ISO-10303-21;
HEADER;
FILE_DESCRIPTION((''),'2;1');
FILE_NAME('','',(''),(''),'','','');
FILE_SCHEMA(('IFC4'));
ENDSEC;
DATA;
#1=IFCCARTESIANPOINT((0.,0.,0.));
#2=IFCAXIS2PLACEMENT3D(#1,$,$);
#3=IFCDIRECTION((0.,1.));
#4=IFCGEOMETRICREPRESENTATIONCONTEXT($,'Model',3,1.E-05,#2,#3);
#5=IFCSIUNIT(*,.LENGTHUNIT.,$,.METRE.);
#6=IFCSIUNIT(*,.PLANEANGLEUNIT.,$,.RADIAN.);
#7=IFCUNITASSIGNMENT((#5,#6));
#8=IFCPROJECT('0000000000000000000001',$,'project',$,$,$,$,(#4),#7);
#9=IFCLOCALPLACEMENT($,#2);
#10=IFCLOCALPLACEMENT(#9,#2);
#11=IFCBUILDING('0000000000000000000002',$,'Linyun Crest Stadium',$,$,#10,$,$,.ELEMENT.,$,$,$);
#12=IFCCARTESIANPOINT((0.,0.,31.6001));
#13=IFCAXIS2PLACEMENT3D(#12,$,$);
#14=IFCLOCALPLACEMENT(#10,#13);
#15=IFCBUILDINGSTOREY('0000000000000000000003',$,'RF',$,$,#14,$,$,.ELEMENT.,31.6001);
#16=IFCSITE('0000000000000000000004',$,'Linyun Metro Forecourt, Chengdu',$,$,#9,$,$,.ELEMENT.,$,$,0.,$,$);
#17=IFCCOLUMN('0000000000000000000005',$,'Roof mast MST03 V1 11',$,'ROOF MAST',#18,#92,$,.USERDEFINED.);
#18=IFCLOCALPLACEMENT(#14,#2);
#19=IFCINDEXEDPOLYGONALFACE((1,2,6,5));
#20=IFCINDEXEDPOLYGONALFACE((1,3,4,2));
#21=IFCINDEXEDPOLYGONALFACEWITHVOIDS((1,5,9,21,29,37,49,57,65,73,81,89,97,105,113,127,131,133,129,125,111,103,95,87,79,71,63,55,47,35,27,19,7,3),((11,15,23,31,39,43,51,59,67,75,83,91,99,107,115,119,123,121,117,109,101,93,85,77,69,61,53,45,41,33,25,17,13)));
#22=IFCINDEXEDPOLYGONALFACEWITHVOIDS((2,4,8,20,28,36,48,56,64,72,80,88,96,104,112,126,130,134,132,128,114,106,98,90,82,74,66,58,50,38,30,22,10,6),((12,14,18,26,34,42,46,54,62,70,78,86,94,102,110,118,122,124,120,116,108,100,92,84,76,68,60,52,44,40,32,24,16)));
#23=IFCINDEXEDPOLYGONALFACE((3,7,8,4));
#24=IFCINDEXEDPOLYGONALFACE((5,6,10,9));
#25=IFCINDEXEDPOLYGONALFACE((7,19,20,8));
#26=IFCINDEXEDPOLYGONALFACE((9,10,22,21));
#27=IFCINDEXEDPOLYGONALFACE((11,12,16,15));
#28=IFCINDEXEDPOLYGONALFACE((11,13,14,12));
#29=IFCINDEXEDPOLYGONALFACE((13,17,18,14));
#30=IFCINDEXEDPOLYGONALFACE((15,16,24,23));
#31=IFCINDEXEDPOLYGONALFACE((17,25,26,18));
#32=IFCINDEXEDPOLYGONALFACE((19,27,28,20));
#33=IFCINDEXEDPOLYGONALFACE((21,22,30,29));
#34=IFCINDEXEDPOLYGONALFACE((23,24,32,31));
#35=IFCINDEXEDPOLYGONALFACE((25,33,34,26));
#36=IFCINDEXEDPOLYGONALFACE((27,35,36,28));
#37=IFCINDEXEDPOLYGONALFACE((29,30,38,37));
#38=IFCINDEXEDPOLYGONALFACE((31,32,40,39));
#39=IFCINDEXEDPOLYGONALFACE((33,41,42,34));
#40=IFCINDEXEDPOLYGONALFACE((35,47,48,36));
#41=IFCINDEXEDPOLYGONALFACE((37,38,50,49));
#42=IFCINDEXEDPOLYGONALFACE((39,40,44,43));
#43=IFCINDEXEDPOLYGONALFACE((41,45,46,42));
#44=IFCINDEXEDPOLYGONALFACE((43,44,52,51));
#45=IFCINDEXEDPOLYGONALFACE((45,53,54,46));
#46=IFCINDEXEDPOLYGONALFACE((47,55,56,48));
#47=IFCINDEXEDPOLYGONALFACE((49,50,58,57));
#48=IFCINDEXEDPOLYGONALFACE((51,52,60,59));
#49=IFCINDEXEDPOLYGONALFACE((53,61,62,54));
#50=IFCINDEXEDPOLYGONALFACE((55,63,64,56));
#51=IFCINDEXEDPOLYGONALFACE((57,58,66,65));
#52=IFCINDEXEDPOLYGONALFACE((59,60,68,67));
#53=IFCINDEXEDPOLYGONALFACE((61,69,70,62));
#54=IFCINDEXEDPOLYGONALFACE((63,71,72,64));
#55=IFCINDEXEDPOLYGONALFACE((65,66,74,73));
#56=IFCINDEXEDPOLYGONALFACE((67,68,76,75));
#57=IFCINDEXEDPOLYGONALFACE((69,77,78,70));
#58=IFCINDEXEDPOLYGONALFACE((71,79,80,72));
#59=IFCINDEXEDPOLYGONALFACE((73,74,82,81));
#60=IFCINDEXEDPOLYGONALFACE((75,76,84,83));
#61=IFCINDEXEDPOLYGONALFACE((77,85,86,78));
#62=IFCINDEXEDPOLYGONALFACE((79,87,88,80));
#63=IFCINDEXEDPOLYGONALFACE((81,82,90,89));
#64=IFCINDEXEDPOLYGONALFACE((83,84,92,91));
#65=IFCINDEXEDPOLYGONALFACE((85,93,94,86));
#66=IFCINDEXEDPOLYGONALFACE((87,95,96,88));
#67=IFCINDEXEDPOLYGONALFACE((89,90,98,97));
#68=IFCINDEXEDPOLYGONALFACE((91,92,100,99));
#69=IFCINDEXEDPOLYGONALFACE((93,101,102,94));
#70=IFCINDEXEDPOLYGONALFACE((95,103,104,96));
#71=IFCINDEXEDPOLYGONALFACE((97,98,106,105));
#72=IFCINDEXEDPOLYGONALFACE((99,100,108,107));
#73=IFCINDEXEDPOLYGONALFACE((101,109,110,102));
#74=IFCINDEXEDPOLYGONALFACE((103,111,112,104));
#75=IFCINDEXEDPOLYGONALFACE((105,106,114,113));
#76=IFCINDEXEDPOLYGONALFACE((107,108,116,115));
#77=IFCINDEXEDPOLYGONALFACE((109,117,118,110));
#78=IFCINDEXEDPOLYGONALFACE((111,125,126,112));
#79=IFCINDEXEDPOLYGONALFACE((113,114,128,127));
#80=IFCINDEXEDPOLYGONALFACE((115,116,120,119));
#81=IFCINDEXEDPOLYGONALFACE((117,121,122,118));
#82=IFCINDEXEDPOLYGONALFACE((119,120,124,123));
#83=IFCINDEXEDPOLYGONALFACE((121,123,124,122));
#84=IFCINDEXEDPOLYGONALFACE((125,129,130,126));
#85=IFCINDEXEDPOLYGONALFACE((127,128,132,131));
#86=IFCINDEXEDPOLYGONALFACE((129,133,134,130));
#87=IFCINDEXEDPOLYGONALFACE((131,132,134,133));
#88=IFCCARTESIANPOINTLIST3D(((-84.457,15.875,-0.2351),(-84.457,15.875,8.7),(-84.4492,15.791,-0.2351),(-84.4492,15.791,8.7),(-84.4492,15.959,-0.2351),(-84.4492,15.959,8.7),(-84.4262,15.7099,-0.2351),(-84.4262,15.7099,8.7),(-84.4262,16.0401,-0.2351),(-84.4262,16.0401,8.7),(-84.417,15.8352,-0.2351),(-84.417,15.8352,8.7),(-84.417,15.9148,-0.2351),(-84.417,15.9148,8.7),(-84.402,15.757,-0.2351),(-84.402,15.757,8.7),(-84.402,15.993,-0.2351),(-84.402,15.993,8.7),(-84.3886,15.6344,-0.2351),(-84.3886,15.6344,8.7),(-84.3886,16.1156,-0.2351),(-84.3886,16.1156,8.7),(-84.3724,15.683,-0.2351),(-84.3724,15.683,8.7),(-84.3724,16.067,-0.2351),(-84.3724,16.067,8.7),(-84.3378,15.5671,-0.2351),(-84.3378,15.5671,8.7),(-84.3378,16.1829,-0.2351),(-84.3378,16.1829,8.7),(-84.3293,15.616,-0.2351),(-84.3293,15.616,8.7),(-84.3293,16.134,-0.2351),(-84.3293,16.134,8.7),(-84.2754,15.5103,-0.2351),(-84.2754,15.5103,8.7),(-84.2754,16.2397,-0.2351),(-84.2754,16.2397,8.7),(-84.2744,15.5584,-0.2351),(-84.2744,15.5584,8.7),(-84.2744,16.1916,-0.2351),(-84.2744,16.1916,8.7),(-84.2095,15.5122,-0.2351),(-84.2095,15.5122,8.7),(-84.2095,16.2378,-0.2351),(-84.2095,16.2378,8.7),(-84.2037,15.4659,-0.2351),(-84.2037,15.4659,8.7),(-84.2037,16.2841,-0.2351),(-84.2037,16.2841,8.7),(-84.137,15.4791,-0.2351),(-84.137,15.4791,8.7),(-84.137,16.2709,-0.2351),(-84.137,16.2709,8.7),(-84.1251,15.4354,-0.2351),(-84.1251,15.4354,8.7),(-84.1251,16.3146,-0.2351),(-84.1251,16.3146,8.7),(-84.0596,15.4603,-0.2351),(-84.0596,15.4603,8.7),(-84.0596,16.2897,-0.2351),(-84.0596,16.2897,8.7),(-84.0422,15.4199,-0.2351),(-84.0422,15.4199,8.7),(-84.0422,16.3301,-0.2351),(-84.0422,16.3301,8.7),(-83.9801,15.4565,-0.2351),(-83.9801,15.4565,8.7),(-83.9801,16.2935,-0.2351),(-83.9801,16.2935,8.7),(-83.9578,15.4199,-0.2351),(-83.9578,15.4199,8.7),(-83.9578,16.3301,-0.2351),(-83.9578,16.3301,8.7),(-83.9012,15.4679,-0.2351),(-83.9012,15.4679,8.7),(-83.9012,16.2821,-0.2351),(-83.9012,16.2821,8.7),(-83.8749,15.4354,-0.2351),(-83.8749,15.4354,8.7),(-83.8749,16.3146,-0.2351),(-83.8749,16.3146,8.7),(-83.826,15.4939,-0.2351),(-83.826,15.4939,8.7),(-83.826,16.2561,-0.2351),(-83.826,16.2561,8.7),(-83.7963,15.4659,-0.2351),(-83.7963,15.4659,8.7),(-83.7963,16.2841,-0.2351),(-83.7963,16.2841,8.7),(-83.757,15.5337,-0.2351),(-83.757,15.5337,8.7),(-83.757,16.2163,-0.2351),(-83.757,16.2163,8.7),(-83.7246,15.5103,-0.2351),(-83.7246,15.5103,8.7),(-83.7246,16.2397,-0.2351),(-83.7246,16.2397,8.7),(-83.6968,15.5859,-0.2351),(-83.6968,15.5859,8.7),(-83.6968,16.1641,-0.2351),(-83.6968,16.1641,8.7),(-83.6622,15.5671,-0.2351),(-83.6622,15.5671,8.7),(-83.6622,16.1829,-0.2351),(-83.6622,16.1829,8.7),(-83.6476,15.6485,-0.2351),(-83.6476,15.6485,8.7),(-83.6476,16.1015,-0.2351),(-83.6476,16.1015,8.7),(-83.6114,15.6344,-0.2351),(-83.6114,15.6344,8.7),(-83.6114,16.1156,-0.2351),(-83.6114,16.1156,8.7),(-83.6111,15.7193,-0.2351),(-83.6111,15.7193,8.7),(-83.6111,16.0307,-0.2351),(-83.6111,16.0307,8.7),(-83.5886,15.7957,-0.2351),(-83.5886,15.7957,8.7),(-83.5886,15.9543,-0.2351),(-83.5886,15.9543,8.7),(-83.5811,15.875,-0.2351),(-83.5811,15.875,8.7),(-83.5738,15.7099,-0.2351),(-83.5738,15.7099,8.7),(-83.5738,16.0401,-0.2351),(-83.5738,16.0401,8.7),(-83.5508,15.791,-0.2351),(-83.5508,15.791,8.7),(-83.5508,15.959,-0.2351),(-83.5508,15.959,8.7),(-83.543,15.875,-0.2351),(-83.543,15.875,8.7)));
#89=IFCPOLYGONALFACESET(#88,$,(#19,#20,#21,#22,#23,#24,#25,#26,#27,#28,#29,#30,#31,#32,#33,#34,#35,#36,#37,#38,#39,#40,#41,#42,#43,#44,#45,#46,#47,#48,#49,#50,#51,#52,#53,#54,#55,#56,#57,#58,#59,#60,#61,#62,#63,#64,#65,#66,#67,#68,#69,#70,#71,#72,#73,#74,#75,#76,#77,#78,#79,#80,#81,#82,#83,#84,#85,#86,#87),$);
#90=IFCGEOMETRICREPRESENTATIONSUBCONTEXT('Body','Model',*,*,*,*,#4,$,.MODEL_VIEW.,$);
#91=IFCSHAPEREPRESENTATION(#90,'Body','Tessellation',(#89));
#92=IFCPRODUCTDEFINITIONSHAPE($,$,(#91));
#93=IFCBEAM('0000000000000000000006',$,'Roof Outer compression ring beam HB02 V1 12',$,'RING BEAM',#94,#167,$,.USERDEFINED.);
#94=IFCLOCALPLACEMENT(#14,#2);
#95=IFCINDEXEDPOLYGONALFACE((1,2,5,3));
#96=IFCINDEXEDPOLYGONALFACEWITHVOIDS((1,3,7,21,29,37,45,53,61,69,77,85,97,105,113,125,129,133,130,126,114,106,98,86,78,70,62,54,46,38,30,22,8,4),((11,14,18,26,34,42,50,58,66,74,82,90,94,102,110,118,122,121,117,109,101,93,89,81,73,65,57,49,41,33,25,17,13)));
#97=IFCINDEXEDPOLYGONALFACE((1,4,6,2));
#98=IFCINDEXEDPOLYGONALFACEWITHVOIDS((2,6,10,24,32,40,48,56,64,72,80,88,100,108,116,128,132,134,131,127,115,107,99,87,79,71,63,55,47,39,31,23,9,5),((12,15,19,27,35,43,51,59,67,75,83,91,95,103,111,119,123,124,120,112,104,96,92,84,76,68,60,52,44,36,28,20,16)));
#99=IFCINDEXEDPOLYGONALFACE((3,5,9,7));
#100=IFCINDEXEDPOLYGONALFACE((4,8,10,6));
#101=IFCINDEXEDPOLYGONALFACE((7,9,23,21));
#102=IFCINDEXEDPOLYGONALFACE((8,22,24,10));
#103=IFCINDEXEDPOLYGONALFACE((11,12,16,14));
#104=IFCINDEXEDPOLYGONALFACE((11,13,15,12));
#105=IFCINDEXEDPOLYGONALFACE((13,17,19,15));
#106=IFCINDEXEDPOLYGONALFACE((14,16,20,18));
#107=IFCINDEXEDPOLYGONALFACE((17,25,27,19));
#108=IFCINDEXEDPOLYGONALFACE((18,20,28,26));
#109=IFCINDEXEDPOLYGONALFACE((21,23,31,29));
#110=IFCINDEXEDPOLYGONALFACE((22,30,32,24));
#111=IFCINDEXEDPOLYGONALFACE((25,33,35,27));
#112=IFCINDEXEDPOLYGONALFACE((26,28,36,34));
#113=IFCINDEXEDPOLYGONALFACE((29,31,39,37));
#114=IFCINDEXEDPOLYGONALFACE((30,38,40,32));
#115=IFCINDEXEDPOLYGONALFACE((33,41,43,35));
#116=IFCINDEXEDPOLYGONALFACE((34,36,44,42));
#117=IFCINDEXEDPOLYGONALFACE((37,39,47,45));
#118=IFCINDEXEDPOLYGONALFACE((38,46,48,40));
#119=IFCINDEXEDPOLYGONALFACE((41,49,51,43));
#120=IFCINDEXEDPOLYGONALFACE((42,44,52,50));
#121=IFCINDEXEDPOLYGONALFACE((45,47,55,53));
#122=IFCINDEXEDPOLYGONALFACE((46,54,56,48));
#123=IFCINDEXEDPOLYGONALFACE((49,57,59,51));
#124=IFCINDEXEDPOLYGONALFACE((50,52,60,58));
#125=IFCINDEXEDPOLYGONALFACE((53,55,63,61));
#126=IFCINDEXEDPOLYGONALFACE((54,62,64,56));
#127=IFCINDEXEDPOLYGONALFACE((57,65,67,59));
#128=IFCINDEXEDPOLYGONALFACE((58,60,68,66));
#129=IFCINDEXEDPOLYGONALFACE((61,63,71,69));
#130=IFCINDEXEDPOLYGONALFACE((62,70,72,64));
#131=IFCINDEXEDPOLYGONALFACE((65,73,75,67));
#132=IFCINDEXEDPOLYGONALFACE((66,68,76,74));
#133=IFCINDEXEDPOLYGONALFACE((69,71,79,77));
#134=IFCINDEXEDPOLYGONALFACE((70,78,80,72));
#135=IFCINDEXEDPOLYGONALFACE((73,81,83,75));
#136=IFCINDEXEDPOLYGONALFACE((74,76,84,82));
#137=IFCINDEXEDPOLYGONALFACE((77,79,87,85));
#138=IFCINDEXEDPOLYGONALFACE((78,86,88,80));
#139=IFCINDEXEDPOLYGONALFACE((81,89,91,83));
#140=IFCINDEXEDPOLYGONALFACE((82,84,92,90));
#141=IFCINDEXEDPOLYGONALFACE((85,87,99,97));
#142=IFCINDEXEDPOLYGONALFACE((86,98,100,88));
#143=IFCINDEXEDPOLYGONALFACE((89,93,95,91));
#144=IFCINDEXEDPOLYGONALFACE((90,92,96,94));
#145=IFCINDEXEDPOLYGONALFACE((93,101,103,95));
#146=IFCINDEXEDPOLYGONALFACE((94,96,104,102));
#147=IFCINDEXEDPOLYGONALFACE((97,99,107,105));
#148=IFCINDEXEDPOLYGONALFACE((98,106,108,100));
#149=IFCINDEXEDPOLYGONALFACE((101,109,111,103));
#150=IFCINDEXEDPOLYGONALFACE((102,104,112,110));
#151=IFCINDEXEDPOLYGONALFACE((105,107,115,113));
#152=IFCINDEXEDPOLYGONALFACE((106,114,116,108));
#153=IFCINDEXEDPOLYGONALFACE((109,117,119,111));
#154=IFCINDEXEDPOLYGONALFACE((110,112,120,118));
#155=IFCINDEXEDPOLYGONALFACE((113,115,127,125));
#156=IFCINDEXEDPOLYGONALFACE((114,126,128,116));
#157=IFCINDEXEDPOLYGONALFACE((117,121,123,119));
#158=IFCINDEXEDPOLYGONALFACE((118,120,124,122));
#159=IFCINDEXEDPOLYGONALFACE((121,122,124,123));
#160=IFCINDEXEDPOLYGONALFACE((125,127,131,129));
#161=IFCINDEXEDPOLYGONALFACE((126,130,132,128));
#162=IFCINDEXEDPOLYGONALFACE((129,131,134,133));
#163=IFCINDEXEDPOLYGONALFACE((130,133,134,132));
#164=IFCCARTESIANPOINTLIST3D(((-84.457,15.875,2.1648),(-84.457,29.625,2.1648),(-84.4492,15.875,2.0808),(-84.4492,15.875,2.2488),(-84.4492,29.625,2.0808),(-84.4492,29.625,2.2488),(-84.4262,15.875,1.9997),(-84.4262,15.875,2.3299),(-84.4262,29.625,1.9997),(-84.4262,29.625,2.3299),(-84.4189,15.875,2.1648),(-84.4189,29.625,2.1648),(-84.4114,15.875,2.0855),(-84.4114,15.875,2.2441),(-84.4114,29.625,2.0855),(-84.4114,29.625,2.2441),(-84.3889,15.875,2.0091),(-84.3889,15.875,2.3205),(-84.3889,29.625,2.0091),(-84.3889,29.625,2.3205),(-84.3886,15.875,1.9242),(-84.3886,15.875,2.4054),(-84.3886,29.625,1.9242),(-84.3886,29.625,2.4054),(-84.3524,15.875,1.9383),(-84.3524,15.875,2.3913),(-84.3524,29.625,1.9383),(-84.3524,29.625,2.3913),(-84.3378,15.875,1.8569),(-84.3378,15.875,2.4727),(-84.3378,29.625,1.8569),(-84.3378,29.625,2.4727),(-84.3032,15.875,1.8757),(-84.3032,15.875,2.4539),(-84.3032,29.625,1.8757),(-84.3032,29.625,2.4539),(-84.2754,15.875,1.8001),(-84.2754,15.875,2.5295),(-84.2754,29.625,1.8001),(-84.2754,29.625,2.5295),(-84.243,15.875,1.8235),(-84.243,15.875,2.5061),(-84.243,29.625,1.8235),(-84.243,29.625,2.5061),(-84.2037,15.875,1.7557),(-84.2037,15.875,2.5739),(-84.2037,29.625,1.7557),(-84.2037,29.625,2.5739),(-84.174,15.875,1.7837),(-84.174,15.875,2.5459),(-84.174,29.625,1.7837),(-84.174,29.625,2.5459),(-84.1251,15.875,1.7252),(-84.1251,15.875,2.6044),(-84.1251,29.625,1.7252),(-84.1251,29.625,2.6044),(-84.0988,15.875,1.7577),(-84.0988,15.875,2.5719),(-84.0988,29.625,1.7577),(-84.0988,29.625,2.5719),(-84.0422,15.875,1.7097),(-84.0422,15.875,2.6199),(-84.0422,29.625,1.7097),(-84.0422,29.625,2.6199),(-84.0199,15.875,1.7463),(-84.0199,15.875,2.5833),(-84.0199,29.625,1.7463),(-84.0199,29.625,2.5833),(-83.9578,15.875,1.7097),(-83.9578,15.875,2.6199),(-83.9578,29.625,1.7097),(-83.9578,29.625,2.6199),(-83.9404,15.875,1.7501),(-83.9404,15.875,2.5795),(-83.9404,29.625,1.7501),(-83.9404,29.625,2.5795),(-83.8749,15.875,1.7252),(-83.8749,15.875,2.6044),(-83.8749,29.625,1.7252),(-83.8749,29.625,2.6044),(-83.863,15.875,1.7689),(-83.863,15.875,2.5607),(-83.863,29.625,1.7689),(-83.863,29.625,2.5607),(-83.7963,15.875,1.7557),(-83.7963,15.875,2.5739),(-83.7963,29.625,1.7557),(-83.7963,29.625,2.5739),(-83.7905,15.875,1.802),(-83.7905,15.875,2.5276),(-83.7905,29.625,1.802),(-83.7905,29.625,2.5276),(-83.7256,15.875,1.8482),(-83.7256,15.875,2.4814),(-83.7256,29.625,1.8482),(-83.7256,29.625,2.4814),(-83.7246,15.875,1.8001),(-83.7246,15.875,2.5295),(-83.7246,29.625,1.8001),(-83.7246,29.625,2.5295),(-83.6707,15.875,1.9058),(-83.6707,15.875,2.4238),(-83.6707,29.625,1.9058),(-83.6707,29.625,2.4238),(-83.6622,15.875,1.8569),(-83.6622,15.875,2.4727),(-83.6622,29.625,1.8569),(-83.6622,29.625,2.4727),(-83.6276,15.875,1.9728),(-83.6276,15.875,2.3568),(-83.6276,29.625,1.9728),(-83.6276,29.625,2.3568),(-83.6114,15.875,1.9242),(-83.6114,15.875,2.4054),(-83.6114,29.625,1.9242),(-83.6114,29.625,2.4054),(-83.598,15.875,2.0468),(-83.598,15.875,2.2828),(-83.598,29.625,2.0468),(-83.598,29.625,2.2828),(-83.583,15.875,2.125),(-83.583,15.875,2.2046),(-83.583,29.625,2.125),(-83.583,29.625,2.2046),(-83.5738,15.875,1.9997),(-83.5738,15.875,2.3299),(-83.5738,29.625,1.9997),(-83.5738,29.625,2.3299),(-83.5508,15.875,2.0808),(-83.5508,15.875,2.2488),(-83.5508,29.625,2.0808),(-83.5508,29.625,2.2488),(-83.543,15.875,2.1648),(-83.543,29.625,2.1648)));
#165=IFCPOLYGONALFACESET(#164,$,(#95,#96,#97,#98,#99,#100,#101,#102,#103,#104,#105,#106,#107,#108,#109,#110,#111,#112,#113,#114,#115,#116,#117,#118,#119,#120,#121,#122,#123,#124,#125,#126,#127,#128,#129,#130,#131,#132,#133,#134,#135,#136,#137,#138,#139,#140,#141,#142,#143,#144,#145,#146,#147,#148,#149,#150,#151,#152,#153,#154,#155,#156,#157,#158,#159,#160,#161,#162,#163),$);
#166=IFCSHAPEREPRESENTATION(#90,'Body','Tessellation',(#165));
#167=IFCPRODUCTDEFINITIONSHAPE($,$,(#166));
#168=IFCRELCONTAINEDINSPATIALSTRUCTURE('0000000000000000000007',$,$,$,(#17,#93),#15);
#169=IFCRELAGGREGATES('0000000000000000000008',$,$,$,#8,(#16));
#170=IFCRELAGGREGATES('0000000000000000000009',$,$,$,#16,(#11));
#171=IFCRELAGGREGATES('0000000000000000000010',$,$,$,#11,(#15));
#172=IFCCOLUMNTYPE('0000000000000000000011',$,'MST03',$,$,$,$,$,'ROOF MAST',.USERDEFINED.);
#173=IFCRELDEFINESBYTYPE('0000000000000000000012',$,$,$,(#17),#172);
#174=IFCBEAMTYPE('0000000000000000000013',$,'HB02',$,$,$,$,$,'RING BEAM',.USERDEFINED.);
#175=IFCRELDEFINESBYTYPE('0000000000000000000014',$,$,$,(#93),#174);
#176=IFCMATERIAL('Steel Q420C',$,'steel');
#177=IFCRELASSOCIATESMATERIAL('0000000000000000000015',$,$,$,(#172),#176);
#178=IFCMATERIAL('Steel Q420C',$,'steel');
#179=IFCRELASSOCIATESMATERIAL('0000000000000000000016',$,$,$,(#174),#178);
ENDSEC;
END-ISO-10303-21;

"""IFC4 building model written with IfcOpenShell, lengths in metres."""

from ifc_helpers import new_model, si_unit, direction, frame, origin, origin_2d, place, context, subcontext, project, spatial, hollow_circle, extrude, material, material_profile, profile_set, type_object, element, save


model = new_model("IFC4")

# Units and contexts
model_context = context("Model", 3, precision=1e-05, world=origin(), true_north=direction((0.0, 1.0)))
body_context = subcontext(model_context, "Body", "Model", "MODEL_VIEW")
ifc_project = project(units=[si_unit("LENGTHUNIT", "METRE"), si_unit("PLANEANGLEUNIT", "RADIAN")], contexts=[model_context])

# Site, building, storey
site_placement = place(None, origin())
site = spatial("IfcSite", under=ifc_project, at=site_placement, Name="Linyun Metro Forecourt, Chengdu", CompositionType="ELEMENT", RefElevation=0.0)
building_placement = place(site_placement, origin())
building = spatial("IfcBuilding", under=site, at=building_placement, Name="Linyun Crest Stadium", CompositionType="ELEMENT")
storey_placement = place(building_placement, frame((0.0, 0.0, 31.6001)))
storey = spatial("IfcBuildingStorey", under=building, at=storey_placement, Name="RF", CompositionType="ELEMENT", Elevation=31.6001)

# Column
ifc_material_1 = material(Name="Steel Q420C", Category="steel")
ifc_material_profile_1 = material_profile(ifc_material_1, hollow_circle(Radius=0.457, WallThickness=0.0381, at=origin_2d()), Name="CHS 914x38")
ifc_profile_set_1 = profile_set([ifc_material_profile_1], Name="Steel Q420C")
column_type = type_object("IfcColumnType", Name="MST03", ElementType="ROOF MAST", PredefinedType="USERDEFINED", material=ifc_profile_set_1)
column_placement = place(storey_placement, frame((-84.0, 15.875, -0.2351), z_axis=(0.0, 0.0, 1.0), x_axis=(1.0, 0.0, 0.0)))
element("IfcColumn", 1, at=column_placement, inside=storey, type_object=column_type, Name="Roof mast MST03 V1 11", ObjectType="ROOF MAST", PredefinedType="USERDEFINED", context=body_context, shape_type="SweptSolid", body=[
    extrude(hollow_circle(Radius=0.457, WallThickness=0.0381, at=origin_2d()), origin(), (0.0, 0.0, 1.0), 8.9351),
])

# Beam
ifc_material_2 = material(Name="Steel Q420C", Category="steel")
ifc_material_profile_2 = material_profile(ifc_material_2, hollow_circle(Radius=0.457, WallThickness=0.0381, at=origin_2d()), Name="CHS 914x38")
ifc_profile_set_2 = profile_set([ifc_material_profile_2], Name="Steel Q420C")
beam_type = type_object("IfcBeamType", Name="HB02", ElementType="RING BEAM", PredefinedType="USERDEFINED", material=ifc_profile_set_2)
beam_placement = place(storey_placement, frame((-84.0, 15.875, 2.1648), z_axis=(0.0, 1.0, 0.0), x_axis=(-1.0, 0.0, 0.0)))
element("IfcBeam", 2, at=beam_placement, inside=storey, type_object=beam_type, Name="Roof Outer compression ring beam HB02 V1 12", ObjectType="RING BEAM", PredefinedType="USERDEFINED", context=body_context, shape_type="SweptSolid", body=[
    extrude(hollow_circle(Radius=0.457, WallThickness=0.0381, at=origin_2d()), origin(), (0.0, 0.0, 1.0), 13.75),
])

save(model, "model.ifc")
